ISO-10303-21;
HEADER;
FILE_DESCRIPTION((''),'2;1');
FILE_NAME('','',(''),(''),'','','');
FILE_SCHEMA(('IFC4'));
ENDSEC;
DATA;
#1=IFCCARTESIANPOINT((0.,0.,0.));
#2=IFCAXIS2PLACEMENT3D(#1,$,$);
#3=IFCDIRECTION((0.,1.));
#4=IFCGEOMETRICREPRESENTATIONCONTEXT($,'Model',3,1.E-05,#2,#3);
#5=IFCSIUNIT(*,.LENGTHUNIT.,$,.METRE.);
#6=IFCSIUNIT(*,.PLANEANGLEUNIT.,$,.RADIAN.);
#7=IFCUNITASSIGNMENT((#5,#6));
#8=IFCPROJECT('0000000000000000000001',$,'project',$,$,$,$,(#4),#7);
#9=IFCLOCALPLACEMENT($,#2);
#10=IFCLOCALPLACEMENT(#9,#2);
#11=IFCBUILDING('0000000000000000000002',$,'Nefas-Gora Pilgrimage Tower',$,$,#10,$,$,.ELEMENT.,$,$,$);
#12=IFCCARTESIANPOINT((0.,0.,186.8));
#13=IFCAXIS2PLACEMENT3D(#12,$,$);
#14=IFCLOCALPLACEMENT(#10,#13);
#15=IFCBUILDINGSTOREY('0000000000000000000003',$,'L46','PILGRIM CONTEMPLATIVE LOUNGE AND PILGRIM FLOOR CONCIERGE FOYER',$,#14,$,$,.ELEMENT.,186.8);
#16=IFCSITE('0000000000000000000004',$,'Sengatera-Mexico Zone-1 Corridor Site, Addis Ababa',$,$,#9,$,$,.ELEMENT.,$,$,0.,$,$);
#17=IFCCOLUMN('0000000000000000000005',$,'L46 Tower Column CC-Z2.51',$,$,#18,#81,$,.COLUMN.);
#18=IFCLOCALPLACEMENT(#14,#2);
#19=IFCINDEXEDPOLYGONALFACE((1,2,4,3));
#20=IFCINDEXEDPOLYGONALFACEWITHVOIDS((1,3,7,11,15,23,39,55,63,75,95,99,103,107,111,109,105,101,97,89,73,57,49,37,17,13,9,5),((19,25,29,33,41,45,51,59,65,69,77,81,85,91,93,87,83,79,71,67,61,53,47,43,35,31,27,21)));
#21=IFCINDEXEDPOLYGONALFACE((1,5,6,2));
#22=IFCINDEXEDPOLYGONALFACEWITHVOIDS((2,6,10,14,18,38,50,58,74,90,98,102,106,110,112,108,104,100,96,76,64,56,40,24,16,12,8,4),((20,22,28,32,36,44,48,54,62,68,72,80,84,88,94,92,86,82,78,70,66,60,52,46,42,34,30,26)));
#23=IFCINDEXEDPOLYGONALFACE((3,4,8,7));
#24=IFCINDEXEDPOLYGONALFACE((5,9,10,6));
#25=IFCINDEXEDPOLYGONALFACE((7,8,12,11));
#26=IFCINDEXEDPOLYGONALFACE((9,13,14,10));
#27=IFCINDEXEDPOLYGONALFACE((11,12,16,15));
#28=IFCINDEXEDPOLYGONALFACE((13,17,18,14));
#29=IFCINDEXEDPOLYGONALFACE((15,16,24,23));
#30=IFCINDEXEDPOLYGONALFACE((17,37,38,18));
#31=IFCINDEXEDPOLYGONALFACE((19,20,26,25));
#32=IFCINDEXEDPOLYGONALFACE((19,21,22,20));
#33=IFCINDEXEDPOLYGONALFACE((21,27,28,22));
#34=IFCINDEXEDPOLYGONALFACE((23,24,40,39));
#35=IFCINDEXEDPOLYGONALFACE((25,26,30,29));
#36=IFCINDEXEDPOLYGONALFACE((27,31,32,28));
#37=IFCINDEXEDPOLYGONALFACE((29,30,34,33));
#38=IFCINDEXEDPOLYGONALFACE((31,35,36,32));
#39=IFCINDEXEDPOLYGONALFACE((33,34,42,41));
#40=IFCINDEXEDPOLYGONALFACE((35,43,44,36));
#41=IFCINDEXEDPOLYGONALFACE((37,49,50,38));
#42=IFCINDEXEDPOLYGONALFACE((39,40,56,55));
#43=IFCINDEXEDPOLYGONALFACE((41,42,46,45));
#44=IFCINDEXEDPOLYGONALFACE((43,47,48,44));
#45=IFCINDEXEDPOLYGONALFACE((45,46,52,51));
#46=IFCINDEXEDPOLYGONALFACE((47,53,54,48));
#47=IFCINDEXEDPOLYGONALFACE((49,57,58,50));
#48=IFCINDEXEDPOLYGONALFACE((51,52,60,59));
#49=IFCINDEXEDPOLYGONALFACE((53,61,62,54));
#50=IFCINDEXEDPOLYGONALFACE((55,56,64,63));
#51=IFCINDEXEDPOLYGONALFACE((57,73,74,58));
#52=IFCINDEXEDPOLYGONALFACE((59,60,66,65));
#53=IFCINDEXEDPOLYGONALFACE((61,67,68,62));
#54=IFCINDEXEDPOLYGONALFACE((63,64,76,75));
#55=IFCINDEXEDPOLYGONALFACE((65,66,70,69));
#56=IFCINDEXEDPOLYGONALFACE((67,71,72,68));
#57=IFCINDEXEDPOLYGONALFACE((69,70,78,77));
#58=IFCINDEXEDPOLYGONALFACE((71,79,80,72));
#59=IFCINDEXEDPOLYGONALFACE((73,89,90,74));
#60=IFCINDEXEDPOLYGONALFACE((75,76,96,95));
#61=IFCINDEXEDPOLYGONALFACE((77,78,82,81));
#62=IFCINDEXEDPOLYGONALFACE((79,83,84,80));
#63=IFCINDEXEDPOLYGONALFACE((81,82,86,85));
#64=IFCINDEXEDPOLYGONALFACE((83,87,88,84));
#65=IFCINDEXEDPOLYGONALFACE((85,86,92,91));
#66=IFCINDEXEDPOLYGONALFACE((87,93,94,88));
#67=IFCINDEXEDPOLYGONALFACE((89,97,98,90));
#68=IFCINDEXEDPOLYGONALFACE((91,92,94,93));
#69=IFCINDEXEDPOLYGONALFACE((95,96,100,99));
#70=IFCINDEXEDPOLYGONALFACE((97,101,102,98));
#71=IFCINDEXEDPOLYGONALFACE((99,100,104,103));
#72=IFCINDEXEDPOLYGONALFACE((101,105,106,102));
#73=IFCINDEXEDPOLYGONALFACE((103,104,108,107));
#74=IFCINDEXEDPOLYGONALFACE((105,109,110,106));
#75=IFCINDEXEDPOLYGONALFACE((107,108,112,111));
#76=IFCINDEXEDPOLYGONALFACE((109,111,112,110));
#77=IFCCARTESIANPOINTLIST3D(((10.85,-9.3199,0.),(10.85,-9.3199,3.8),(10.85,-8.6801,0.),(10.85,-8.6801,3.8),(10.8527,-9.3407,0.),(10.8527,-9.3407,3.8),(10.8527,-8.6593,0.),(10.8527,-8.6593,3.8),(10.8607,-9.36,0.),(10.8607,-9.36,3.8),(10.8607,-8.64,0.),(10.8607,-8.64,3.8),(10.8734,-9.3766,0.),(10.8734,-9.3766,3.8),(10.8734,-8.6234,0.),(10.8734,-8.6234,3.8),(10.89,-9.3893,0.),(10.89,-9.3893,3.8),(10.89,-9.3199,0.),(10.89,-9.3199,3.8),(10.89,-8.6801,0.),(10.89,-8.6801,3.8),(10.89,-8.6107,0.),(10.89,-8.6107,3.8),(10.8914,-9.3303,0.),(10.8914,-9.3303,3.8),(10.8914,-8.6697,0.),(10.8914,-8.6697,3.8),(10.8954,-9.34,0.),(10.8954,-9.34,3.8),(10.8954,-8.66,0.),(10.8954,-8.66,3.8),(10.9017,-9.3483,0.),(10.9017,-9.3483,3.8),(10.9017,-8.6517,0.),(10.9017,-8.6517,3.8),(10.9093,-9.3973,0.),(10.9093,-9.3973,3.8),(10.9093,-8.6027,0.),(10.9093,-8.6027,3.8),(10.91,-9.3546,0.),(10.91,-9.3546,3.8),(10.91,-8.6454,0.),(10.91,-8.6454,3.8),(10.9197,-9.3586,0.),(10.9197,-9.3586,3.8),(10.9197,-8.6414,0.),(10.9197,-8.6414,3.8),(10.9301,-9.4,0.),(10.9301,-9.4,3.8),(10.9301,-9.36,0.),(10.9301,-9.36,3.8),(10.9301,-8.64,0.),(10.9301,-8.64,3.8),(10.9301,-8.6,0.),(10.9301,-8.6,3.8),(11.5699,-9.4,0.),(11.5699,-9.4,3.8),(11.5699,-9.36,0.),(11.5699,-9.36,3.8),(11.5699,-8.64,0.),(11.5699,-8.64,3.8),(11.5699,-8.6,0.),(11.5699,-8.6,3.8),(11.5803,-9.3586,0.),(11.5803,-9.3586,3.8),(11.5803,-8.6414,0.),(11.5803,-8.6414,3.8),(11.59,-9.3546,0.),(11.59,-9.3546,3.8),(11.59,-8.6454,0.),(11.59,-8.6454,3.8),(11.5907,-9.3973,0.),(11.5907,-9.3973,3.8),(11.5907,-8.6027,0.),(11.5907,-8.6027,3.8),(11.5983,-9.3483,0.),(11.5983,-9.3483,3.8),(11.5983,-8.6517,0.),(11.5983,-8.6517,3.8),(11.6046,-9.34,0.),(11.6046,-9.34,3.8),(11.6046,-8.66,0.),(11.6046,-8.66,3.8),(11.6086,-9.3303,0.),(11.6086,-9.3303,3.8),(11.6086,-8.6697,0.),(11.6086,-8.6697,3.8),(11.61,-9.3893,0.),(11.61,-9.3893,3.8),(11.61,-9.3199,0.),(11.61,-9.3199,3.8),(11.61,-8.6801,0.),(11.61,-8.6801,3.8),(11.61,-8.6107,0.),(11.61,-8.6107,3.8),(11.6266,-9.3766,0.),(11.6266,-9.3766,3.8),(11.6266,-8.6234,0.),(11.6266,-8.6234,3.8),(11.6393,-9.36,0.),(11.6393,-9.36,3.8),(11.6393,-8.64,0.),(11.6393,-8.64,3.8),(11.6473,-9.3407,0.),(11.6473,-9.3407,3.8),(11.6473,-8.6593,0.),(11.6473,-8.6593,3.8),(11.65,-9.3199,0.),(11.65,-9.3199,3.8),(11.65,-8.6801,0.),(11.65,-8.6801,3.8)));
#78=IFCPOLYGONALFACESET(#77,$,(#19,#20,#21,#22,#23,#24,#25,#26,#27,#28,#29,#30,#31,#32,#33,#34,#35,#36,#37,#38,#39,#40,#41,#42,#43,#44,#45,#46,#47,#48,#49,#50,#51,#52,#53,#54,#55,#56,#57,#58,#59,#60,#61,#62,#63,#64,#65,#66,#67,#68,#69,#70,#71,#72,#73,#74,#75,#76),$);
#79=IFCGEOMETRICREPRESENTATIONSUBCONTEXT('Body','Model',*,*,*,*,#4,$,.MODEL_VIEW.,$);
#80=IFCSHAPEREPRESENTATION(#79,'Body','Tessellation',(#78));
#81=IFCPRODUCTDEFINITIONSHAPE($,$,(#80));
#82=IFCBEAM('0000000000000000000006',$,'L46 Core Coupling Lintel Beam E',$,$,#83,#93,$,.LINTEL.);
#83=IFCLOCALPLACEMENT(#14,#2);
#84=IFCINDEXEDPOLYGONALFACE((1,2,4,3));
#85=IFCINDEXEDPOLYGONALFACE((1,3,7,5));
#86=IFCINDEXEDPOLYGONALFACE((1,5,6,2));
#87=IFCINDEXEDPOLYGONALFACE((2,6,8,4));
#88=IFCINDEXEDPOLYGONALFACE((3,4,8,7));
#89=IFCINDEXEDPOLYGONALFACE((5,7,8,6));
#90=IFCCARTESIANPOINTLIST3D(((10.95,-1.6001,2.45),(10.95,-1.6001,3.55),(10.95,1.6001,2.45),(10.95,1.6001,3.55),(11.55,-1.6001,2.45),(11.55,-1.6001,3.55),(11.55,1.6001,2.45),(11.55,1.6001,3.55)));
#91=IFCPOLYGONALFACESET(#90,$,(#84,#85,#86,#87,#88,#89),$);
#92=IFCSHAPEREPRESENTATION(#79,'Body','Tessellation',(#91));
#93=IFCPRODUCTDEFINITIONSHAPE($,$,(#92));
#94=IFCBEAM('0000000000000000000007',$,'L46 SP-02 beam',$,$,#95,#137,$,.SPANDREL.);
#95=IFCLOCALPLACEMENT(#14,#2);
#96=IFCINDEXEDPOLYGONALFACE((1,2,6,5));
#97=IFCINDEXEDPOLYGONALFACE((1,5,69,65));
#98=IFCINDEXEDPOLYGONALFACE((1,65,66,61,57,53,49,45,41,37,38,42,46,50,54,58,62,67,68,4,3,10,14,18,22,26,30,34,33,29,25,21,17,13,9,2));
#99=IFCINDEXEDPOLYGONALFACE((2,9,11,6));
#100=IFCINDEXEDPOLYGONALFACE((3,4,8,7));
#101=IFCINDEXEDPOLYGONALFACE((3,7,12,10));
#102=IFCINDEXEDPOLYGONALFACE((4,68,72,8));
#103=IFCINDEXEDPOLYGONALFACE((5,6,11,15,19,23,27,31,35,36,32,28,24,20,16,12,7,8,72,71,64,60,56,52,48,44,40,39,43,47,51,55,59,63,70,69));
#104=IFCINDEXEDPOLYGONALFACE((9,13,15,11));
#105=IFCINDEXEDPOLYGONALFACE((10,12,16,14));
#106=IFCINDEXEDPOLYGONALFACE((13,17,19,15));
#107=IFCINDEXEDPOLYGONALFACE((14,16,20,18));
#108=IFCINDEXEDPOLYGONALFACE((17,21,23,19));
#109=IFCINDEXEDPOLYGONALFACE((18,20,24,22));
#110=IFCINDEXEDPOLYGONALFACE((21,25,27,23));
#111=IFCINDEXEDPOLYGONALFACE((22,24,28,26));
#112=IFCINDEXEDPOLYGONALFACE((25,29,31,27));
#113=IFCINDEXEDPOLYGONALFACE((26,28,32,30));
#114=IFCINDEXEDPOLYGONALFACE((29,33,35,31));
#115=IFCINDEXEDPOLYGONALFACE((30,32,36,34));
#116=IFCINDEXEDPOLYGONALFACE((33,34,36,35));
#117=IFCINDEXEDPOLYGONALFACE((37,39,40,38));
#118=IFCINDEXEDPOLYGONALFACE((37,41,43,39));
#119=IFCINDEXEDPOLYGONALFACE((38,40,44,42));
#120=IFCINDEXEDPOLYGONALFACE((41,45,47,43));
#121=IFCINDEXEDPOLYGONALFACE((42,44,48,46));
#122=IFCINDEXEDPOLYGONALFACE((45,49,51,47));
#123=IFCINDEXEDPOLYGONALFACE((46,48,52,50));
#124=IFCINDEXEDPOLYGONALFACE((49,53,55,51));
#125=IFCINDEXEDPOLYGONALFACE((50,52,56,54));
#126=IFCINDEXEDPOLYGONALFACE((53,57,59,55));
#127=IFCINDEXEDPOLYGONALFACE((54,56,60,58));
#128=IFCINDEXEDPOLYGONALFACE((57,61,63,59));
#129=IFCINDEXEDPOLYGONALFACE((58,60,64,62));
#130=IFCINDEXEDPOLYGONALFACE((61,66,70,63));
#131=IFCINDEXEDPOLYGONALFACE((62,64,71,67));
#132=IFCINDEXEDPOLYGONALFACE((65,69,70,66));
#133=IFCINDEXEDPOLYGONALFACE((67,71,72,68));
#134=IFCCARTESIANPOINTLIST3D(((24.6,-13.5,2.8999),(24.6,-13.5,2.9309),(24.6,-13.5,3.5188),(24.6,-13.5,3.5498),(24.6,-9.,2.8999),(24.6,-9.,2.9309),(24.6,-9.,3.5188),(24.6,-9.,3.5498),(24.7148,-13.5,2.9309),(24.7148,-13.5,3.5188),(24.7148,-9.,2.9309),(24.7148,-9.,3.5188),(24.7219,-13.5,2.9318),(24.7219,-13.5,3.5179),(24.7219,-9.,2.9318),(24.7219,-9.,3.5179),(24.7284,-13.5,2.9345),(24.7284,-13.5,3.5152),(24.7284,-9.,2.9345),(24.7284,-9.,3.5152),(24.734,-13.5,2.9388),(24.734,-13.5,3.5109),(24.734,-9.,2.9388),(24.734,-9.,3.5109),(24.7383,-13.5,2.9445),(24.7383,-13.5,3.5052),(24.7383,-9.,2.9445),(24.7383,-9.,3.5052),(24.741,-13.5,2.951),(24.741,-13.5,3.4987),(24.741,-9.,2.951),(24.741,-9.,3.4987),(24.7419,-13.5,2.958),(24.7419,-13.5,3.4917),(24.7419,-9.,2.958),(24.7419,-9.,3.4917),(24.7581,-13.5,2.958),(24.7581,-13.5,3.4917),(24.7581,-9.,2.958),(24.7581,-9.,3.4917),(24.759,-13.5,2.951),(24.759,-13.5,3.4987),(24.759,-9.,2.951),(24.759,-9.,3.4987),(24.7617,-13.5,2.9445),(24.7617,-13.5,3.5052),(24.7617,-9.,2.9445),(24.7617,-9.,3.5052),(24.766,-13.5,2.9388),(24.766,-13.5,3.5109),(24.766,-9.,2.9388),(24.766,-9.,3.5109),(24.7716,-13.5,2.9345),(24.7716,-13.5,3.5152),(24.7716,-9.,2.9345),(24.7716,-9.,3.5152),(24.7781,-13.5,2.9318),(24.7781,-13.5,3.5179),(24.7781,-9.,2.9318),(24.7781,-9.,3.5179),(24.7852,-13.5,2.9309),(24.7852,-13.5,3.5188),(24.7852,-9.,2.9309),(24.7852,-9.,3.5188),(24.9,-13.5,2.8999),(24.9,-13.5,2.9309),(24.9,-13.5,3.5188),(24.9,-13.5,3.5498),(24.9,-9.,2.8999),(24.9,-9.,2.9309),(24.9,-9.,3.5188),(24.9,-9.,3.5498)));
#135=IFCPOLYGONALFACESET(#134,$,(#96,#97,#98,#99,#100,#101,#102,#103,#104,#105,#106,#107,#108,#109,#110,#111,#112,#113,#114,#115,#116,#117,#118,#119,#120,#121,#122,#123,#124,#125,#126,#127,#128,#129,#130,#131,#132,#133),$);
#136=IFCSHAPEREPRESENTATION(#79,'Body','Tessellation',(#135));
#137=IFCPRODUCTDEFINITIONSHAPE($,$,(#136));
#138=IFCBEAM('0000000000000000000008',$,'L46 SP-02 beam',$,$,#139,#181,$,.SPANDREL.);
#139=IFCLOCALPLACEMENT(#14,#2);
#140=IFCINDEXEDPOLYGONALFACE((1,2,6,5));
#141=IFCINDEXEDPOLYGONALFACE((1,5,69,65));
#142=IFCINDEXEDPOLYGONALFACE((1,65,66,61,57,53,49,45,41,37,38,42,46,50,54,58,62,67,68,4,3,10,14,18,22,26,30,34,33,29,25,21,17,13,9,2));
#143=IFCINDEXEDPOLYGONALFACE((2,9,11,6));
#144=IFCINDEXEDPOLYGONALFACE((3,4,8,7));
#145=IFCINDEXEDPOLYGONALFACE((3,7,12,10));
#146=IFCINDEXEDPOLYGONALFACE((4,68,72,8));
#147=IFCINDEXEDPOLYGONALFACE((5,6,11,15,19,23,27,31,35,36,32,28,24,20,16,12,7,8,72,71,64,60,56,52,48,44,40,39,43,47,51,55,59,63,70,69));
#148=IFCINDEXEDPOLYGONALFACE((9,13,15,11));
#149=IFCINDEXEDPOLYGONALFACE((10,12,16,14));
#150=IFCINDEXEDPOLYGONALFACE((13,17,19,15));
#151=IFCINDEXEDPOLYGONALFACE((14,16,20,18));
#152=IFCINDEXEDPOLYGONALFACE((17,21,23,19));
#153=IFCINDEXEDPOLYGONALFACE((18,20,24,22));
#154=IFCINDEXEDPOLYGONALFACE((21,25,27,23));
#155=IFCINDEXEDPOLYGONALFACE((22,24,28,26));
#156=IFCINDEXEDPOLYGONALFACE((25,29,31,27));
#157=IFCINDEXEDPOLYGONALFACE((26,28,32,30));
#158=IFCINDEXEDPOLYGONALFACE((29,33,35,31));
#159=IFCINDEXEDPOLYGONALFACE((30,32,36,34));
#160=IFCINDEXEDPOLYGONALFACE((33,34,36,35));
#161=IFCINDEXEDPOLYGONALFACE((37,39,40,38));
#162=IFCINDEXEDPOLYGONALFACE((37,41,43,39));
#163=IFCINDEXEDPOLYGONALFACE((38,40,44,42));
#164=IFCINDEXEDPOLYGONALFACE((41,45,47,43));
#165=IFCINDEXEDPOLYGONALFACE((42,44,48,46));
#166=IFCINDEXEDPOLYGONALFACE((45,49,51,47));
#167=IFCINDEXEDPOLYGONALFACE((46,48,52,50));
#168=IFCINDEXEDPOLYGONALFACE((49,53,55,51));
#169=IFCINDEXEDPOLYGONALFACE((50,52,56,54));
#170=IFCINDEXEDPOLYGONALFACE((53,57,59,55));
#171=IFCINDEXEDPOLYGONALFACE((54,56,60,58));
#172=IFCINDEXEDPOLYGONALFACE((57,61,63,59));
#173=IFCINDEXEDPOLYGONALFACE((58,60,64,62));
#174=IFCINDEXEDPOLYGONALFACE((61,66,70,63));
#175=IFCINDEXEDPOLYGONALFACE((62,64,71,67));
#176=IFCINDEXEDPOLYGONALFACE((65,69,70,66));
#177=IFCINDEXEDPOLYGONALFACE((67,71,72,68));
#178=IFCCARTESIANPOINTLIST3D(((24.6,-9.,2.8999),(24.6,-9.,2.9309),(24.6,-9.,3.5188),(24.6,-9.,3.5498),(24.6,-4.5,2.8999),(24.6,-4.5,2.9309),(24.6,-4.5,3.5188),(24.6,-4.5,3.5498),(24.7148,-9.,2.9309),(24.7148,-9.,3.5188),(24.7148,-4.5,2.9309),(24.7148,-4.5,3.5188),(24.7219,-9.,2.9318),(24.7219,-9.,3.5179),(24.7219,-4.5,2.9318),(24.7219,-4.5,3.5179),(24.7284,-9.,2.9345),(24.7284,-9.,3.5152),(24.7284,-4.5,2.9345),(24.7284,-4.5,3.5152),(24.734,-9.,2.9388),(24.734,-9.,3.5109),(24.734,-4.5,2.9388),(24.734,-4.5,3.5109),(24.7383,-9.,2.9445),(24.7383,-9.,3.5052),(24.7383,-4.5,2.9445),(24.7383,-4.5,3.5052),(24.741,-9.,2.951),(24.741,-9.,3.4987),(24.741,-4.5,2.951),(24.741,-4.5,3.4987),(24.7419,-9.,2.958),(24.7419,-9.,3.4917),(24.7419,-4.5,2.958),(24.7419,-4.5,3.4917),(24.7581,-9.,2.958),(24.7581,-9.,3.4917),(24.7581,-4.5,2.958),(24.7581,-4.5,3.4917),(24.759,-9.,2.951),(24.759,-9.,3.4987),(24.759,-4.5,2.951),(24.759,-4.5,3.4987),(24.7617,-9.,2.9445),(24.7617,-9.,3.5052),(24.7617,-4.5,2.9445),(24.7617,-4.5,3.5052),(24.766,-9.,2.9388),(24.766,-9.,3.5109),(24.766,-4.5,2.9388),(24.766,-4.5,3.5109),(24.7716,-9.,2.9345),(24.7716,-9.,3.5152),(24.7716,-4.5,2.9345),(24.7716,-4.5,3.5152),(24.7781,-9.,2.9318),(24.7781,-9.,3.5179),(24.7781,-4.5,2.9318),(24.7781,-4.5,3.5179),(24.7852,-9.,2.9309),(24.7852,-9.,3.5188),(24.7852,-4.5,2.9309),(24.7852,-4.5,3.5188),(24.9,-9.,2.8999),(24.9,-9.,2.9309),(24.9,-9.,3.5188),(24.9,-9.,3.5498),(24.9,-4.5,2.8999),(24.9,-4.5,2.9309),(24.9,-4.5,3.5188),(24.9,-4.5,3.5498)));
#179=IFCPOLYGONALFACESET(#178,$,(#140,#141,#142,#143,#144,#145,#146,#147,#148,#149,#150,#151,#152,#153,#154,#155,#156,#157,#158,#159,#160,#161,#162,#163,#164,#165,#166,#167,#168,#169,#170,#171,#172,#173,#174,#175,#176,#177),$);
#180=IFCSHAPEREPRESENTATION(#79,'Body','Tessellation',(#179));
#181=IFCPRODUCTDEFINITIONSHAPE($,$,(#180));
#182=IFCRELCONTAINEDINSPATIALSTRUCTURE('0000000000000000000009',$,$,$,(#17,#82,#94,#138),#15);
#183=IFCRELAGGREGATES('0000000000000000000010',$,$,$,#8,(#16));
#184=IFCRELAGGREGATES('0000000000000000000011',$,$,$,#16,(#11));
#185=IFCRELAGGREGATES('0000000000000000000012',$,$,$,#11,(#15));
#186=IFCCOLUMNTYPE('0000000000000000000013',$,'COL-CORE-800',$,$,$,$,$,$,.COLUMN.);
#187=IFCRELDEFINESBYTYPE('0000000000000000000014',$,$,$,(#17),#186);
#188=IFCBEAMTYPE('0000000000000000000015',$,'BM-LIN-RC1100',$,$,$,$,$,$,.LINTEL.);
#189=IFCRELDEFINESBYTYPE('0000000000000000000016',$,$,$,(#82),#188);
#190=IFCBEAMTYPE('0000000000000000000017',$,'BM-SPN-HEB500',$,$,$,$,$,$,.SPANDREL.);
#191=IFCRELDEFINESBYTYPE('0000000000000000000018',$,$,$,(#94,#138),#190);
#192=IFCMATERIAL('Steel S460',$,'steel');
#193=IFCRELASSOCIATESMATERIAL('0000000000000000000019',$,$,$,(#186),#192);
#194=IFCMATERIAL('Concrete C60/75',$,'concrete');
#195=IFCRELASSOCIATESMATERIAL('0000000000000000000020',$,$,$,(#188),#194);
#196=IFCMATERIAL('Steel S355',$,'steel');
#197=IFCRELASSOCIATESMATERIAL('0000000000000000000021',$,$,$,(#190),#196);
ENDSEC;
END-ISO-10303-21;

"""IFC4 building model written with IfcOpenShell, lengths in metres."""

from ifc_helpers import new_model, si_unit, direction, frame, origin, origin_2d, place, context, subcontext, project, spatial, rectangle, hollow_rectangle, i_section, extrude, source, transform, mapped, material, material_profile, profile_set, type_object, element, save


model = new_model("IFC4")

# Units and contexts
model_context = context("Model", 3, precision=1e-05, world=origin(), true_north=direction((0.0, 1.0)))
body_context = subcontext(model_context, "Body", "Model", "MODEL_VIEW")
ifc_project = project(units=[si_unit("LENGTHUNIT", "METRE"), si_unit("PLANEANGLEUNIT", "RADIAN")], contexts=[model_context])

# Site, building, storey
site_placement = place(None, origin())
site = spatial("IfcSite", under=ifc_project, at=site_placement, Name="Sengatera-Mexico Zone-1 Corridor Site, Addis Ababa", CompositionType="ELEMENT", RefElevation=0.0)
building_placement = place(site_placement, origin())
building = spatial("IfcBuilding", under=site, at=building_placement, Name="Nefas-Gora Pilgrimage Tower", CompositionType="ELEMENT")
storey_placement = place(building_placement, frame((0.0, 0.0, 186.8)))
storey = spatial("IfcBuildingStorey", under=building, at=storey_placement, Name="L46", Description="PILGRIM CONTEMPLATIVE LOUNGE AND PILGRIM FLOOR CONCIERGE FOYER", CompositionType="ELEMENT", Elevation=186.8)

# Column
ifc_material_1 = material(Name="Steel S460", Category="steel")
ifc_material_profile_1 = material_profile(ifc_material_1, hollow_rectangle(XDim=0.8, YDim=0.8, WallThickness=0.04, InnerFilletRadius=0.04, OuterFilletRadius=0.0801, at=origin_2d()), Name="BOX 800x800x40")
ifc_profile_set_1 = profile_set([ifc_material_profile_1], Name="Steel S460")
column_type_1 = type_object("IfcColumnType", Name="COL-CORE-800", PredefinedType="COLUMN", material=ifc_profile_set_1)
shared_shape_1 = source(origin(), body_context, "Body", "SweptSolid", [
    extrude(hollow_rectangle(XDim=0.8, YDim=0.8, WallThickness=0.04, InnerFilletRadius=0.04, OuterFilletRadius=0.0801, at=origin_2d()), origin(), (0.0, 0.0, 1.0), 3.8),
])
column_placement = place(storey_placement, frame((11.25, -9.0, 0.0), z_axis=(0.0, 0.0, 1.0), x_axis=(1.0, 0.0, 0.0)))
element("IfcColumn", 1, at=column_placement, inside=storey, type_object=column_type_1, Name="L46 Tower Column CC-Z2.51", PredefinedType="COLUMN", context=body_context, shape_type="MappedRepresentation", body=[
    mapped(shared_shape_1, transform((0.0, 0.0, 0.0), x_axis=(1.0, 0.0, 0.0), y_axis=(0.0, 1.0, 0.0), z_axis=(0.0, 0.0, 1.0), scale=1.0)),
])

# Beams
ifc_material_2 = material(Name="Concrete C60/75", Category="concrete")
ifc_material_profile_2 = material_profile(ifc_material_2, rectangle(XDim=0.6001, YDim=1.1001, at=origin_2d()), Name="RC 600x1100")
ifc_profile_set_2 = profile_set([ifc_material_profile_2], Name="Concrete C60/75")
beam_type_1 = type_object("IfcBeamType", Name="BM-LIN-RC1100", PredefinedType="LINTEL", material=ifc_profile_set_2)
shared_shape_2 = source(origin(), body_context, "Body", "SweptSolid", [
    extrude(rectangle(XDim=0.6001, YDim=1.1001, at=origin_2d()), origin(), (0.0, 0.0, 1.0), 3.2002),
])
beam_placement = place(storey_placement, frame((11.25, -1.6001, 3.0), z_axis=(0.0, 1.0, 0.0), x_axis=(-1.0, 0.0, 0.0)))
element("IfcBeam", 2, at=beam_placement, inside=storey, type_object=beam_type_1, Name="L46 Core Coupling Lintel Beam E", PredefinedType="LINTEL", context=body_context, shape_type="MappedRepresentation", body=[
    mapped(shared_shape_2, transform((0.0, 0.0, 0.0), x_axis=(1.0, 0.0, 0.0), y_axis=(0.0, 1.0, 0.0), z_axis=(0.0, 0.0, 1.0), scale=1.0)),
])
ifc_material_3 = material(Name="Steel S355", Category="steel")
ifc_material_profile_3 = material_profile(ifc_material_3, i_section(OverallWidth=0.3, OverallDepth=0.6499, WebThickness=0.0161, FlangeThickness=0.031, FilletRadius=0.0271, at=origin_2d()), Name="HEB 650")
ifc_profile_set_3 = profile_set([ifc_material_profile_3], Name="Steel S355")
beam_type_2 = type_object("IfcBeamType", Name="BM-SPN-HEB500", PredefinedType="SPANDREL", material=ifc_profile_set_3)
shared_shape_3 = source(origin(), body_context, "Body", "SweptSolid", [
    extrude(i_section(OverallWidth=0.3, OverallDepth=0.6499, WebThickness=0.0161, FlangeThickness=0.031, FilletRadius=0.0271, at=origin_2d()), origin(), (0.0, 0.0, 1.0), 4.5),
])
for number, where, z_axis, x_axis, name in (
    (3, (24.75, -13.5, 3.2249), (0.0, 1.0, 0.0), (-1.0, 0.0, 0.0), "L46 SP-02 beam"),
    (4, (24.75, -9.0, 3.2249), (0.0, 1.0, 0.0), (-1.0, 0.0, 0.0), "L46 SP-02 beam"),
):
    element("IfcBeam", number, at=place(storey_placement, frame(where, z_axis=z_axis, x_axis=x_axis)), inside=storey, type_object=beam_type_2, Name=name, PredefinedType="SPANDREL", context=body_context, shape_type="MappedRepresentation", body=[
        mapped(shared_shape_3, transform((0.0, 0.0, 0.0), x_axis=(1.0, 0.0, 0.0), y_axis=(0.0, 1.0, 0.0), z_axis=(0.0, 0.0, 1.0), scale=1.0)),
    ])

save(model, "model.ifc")
